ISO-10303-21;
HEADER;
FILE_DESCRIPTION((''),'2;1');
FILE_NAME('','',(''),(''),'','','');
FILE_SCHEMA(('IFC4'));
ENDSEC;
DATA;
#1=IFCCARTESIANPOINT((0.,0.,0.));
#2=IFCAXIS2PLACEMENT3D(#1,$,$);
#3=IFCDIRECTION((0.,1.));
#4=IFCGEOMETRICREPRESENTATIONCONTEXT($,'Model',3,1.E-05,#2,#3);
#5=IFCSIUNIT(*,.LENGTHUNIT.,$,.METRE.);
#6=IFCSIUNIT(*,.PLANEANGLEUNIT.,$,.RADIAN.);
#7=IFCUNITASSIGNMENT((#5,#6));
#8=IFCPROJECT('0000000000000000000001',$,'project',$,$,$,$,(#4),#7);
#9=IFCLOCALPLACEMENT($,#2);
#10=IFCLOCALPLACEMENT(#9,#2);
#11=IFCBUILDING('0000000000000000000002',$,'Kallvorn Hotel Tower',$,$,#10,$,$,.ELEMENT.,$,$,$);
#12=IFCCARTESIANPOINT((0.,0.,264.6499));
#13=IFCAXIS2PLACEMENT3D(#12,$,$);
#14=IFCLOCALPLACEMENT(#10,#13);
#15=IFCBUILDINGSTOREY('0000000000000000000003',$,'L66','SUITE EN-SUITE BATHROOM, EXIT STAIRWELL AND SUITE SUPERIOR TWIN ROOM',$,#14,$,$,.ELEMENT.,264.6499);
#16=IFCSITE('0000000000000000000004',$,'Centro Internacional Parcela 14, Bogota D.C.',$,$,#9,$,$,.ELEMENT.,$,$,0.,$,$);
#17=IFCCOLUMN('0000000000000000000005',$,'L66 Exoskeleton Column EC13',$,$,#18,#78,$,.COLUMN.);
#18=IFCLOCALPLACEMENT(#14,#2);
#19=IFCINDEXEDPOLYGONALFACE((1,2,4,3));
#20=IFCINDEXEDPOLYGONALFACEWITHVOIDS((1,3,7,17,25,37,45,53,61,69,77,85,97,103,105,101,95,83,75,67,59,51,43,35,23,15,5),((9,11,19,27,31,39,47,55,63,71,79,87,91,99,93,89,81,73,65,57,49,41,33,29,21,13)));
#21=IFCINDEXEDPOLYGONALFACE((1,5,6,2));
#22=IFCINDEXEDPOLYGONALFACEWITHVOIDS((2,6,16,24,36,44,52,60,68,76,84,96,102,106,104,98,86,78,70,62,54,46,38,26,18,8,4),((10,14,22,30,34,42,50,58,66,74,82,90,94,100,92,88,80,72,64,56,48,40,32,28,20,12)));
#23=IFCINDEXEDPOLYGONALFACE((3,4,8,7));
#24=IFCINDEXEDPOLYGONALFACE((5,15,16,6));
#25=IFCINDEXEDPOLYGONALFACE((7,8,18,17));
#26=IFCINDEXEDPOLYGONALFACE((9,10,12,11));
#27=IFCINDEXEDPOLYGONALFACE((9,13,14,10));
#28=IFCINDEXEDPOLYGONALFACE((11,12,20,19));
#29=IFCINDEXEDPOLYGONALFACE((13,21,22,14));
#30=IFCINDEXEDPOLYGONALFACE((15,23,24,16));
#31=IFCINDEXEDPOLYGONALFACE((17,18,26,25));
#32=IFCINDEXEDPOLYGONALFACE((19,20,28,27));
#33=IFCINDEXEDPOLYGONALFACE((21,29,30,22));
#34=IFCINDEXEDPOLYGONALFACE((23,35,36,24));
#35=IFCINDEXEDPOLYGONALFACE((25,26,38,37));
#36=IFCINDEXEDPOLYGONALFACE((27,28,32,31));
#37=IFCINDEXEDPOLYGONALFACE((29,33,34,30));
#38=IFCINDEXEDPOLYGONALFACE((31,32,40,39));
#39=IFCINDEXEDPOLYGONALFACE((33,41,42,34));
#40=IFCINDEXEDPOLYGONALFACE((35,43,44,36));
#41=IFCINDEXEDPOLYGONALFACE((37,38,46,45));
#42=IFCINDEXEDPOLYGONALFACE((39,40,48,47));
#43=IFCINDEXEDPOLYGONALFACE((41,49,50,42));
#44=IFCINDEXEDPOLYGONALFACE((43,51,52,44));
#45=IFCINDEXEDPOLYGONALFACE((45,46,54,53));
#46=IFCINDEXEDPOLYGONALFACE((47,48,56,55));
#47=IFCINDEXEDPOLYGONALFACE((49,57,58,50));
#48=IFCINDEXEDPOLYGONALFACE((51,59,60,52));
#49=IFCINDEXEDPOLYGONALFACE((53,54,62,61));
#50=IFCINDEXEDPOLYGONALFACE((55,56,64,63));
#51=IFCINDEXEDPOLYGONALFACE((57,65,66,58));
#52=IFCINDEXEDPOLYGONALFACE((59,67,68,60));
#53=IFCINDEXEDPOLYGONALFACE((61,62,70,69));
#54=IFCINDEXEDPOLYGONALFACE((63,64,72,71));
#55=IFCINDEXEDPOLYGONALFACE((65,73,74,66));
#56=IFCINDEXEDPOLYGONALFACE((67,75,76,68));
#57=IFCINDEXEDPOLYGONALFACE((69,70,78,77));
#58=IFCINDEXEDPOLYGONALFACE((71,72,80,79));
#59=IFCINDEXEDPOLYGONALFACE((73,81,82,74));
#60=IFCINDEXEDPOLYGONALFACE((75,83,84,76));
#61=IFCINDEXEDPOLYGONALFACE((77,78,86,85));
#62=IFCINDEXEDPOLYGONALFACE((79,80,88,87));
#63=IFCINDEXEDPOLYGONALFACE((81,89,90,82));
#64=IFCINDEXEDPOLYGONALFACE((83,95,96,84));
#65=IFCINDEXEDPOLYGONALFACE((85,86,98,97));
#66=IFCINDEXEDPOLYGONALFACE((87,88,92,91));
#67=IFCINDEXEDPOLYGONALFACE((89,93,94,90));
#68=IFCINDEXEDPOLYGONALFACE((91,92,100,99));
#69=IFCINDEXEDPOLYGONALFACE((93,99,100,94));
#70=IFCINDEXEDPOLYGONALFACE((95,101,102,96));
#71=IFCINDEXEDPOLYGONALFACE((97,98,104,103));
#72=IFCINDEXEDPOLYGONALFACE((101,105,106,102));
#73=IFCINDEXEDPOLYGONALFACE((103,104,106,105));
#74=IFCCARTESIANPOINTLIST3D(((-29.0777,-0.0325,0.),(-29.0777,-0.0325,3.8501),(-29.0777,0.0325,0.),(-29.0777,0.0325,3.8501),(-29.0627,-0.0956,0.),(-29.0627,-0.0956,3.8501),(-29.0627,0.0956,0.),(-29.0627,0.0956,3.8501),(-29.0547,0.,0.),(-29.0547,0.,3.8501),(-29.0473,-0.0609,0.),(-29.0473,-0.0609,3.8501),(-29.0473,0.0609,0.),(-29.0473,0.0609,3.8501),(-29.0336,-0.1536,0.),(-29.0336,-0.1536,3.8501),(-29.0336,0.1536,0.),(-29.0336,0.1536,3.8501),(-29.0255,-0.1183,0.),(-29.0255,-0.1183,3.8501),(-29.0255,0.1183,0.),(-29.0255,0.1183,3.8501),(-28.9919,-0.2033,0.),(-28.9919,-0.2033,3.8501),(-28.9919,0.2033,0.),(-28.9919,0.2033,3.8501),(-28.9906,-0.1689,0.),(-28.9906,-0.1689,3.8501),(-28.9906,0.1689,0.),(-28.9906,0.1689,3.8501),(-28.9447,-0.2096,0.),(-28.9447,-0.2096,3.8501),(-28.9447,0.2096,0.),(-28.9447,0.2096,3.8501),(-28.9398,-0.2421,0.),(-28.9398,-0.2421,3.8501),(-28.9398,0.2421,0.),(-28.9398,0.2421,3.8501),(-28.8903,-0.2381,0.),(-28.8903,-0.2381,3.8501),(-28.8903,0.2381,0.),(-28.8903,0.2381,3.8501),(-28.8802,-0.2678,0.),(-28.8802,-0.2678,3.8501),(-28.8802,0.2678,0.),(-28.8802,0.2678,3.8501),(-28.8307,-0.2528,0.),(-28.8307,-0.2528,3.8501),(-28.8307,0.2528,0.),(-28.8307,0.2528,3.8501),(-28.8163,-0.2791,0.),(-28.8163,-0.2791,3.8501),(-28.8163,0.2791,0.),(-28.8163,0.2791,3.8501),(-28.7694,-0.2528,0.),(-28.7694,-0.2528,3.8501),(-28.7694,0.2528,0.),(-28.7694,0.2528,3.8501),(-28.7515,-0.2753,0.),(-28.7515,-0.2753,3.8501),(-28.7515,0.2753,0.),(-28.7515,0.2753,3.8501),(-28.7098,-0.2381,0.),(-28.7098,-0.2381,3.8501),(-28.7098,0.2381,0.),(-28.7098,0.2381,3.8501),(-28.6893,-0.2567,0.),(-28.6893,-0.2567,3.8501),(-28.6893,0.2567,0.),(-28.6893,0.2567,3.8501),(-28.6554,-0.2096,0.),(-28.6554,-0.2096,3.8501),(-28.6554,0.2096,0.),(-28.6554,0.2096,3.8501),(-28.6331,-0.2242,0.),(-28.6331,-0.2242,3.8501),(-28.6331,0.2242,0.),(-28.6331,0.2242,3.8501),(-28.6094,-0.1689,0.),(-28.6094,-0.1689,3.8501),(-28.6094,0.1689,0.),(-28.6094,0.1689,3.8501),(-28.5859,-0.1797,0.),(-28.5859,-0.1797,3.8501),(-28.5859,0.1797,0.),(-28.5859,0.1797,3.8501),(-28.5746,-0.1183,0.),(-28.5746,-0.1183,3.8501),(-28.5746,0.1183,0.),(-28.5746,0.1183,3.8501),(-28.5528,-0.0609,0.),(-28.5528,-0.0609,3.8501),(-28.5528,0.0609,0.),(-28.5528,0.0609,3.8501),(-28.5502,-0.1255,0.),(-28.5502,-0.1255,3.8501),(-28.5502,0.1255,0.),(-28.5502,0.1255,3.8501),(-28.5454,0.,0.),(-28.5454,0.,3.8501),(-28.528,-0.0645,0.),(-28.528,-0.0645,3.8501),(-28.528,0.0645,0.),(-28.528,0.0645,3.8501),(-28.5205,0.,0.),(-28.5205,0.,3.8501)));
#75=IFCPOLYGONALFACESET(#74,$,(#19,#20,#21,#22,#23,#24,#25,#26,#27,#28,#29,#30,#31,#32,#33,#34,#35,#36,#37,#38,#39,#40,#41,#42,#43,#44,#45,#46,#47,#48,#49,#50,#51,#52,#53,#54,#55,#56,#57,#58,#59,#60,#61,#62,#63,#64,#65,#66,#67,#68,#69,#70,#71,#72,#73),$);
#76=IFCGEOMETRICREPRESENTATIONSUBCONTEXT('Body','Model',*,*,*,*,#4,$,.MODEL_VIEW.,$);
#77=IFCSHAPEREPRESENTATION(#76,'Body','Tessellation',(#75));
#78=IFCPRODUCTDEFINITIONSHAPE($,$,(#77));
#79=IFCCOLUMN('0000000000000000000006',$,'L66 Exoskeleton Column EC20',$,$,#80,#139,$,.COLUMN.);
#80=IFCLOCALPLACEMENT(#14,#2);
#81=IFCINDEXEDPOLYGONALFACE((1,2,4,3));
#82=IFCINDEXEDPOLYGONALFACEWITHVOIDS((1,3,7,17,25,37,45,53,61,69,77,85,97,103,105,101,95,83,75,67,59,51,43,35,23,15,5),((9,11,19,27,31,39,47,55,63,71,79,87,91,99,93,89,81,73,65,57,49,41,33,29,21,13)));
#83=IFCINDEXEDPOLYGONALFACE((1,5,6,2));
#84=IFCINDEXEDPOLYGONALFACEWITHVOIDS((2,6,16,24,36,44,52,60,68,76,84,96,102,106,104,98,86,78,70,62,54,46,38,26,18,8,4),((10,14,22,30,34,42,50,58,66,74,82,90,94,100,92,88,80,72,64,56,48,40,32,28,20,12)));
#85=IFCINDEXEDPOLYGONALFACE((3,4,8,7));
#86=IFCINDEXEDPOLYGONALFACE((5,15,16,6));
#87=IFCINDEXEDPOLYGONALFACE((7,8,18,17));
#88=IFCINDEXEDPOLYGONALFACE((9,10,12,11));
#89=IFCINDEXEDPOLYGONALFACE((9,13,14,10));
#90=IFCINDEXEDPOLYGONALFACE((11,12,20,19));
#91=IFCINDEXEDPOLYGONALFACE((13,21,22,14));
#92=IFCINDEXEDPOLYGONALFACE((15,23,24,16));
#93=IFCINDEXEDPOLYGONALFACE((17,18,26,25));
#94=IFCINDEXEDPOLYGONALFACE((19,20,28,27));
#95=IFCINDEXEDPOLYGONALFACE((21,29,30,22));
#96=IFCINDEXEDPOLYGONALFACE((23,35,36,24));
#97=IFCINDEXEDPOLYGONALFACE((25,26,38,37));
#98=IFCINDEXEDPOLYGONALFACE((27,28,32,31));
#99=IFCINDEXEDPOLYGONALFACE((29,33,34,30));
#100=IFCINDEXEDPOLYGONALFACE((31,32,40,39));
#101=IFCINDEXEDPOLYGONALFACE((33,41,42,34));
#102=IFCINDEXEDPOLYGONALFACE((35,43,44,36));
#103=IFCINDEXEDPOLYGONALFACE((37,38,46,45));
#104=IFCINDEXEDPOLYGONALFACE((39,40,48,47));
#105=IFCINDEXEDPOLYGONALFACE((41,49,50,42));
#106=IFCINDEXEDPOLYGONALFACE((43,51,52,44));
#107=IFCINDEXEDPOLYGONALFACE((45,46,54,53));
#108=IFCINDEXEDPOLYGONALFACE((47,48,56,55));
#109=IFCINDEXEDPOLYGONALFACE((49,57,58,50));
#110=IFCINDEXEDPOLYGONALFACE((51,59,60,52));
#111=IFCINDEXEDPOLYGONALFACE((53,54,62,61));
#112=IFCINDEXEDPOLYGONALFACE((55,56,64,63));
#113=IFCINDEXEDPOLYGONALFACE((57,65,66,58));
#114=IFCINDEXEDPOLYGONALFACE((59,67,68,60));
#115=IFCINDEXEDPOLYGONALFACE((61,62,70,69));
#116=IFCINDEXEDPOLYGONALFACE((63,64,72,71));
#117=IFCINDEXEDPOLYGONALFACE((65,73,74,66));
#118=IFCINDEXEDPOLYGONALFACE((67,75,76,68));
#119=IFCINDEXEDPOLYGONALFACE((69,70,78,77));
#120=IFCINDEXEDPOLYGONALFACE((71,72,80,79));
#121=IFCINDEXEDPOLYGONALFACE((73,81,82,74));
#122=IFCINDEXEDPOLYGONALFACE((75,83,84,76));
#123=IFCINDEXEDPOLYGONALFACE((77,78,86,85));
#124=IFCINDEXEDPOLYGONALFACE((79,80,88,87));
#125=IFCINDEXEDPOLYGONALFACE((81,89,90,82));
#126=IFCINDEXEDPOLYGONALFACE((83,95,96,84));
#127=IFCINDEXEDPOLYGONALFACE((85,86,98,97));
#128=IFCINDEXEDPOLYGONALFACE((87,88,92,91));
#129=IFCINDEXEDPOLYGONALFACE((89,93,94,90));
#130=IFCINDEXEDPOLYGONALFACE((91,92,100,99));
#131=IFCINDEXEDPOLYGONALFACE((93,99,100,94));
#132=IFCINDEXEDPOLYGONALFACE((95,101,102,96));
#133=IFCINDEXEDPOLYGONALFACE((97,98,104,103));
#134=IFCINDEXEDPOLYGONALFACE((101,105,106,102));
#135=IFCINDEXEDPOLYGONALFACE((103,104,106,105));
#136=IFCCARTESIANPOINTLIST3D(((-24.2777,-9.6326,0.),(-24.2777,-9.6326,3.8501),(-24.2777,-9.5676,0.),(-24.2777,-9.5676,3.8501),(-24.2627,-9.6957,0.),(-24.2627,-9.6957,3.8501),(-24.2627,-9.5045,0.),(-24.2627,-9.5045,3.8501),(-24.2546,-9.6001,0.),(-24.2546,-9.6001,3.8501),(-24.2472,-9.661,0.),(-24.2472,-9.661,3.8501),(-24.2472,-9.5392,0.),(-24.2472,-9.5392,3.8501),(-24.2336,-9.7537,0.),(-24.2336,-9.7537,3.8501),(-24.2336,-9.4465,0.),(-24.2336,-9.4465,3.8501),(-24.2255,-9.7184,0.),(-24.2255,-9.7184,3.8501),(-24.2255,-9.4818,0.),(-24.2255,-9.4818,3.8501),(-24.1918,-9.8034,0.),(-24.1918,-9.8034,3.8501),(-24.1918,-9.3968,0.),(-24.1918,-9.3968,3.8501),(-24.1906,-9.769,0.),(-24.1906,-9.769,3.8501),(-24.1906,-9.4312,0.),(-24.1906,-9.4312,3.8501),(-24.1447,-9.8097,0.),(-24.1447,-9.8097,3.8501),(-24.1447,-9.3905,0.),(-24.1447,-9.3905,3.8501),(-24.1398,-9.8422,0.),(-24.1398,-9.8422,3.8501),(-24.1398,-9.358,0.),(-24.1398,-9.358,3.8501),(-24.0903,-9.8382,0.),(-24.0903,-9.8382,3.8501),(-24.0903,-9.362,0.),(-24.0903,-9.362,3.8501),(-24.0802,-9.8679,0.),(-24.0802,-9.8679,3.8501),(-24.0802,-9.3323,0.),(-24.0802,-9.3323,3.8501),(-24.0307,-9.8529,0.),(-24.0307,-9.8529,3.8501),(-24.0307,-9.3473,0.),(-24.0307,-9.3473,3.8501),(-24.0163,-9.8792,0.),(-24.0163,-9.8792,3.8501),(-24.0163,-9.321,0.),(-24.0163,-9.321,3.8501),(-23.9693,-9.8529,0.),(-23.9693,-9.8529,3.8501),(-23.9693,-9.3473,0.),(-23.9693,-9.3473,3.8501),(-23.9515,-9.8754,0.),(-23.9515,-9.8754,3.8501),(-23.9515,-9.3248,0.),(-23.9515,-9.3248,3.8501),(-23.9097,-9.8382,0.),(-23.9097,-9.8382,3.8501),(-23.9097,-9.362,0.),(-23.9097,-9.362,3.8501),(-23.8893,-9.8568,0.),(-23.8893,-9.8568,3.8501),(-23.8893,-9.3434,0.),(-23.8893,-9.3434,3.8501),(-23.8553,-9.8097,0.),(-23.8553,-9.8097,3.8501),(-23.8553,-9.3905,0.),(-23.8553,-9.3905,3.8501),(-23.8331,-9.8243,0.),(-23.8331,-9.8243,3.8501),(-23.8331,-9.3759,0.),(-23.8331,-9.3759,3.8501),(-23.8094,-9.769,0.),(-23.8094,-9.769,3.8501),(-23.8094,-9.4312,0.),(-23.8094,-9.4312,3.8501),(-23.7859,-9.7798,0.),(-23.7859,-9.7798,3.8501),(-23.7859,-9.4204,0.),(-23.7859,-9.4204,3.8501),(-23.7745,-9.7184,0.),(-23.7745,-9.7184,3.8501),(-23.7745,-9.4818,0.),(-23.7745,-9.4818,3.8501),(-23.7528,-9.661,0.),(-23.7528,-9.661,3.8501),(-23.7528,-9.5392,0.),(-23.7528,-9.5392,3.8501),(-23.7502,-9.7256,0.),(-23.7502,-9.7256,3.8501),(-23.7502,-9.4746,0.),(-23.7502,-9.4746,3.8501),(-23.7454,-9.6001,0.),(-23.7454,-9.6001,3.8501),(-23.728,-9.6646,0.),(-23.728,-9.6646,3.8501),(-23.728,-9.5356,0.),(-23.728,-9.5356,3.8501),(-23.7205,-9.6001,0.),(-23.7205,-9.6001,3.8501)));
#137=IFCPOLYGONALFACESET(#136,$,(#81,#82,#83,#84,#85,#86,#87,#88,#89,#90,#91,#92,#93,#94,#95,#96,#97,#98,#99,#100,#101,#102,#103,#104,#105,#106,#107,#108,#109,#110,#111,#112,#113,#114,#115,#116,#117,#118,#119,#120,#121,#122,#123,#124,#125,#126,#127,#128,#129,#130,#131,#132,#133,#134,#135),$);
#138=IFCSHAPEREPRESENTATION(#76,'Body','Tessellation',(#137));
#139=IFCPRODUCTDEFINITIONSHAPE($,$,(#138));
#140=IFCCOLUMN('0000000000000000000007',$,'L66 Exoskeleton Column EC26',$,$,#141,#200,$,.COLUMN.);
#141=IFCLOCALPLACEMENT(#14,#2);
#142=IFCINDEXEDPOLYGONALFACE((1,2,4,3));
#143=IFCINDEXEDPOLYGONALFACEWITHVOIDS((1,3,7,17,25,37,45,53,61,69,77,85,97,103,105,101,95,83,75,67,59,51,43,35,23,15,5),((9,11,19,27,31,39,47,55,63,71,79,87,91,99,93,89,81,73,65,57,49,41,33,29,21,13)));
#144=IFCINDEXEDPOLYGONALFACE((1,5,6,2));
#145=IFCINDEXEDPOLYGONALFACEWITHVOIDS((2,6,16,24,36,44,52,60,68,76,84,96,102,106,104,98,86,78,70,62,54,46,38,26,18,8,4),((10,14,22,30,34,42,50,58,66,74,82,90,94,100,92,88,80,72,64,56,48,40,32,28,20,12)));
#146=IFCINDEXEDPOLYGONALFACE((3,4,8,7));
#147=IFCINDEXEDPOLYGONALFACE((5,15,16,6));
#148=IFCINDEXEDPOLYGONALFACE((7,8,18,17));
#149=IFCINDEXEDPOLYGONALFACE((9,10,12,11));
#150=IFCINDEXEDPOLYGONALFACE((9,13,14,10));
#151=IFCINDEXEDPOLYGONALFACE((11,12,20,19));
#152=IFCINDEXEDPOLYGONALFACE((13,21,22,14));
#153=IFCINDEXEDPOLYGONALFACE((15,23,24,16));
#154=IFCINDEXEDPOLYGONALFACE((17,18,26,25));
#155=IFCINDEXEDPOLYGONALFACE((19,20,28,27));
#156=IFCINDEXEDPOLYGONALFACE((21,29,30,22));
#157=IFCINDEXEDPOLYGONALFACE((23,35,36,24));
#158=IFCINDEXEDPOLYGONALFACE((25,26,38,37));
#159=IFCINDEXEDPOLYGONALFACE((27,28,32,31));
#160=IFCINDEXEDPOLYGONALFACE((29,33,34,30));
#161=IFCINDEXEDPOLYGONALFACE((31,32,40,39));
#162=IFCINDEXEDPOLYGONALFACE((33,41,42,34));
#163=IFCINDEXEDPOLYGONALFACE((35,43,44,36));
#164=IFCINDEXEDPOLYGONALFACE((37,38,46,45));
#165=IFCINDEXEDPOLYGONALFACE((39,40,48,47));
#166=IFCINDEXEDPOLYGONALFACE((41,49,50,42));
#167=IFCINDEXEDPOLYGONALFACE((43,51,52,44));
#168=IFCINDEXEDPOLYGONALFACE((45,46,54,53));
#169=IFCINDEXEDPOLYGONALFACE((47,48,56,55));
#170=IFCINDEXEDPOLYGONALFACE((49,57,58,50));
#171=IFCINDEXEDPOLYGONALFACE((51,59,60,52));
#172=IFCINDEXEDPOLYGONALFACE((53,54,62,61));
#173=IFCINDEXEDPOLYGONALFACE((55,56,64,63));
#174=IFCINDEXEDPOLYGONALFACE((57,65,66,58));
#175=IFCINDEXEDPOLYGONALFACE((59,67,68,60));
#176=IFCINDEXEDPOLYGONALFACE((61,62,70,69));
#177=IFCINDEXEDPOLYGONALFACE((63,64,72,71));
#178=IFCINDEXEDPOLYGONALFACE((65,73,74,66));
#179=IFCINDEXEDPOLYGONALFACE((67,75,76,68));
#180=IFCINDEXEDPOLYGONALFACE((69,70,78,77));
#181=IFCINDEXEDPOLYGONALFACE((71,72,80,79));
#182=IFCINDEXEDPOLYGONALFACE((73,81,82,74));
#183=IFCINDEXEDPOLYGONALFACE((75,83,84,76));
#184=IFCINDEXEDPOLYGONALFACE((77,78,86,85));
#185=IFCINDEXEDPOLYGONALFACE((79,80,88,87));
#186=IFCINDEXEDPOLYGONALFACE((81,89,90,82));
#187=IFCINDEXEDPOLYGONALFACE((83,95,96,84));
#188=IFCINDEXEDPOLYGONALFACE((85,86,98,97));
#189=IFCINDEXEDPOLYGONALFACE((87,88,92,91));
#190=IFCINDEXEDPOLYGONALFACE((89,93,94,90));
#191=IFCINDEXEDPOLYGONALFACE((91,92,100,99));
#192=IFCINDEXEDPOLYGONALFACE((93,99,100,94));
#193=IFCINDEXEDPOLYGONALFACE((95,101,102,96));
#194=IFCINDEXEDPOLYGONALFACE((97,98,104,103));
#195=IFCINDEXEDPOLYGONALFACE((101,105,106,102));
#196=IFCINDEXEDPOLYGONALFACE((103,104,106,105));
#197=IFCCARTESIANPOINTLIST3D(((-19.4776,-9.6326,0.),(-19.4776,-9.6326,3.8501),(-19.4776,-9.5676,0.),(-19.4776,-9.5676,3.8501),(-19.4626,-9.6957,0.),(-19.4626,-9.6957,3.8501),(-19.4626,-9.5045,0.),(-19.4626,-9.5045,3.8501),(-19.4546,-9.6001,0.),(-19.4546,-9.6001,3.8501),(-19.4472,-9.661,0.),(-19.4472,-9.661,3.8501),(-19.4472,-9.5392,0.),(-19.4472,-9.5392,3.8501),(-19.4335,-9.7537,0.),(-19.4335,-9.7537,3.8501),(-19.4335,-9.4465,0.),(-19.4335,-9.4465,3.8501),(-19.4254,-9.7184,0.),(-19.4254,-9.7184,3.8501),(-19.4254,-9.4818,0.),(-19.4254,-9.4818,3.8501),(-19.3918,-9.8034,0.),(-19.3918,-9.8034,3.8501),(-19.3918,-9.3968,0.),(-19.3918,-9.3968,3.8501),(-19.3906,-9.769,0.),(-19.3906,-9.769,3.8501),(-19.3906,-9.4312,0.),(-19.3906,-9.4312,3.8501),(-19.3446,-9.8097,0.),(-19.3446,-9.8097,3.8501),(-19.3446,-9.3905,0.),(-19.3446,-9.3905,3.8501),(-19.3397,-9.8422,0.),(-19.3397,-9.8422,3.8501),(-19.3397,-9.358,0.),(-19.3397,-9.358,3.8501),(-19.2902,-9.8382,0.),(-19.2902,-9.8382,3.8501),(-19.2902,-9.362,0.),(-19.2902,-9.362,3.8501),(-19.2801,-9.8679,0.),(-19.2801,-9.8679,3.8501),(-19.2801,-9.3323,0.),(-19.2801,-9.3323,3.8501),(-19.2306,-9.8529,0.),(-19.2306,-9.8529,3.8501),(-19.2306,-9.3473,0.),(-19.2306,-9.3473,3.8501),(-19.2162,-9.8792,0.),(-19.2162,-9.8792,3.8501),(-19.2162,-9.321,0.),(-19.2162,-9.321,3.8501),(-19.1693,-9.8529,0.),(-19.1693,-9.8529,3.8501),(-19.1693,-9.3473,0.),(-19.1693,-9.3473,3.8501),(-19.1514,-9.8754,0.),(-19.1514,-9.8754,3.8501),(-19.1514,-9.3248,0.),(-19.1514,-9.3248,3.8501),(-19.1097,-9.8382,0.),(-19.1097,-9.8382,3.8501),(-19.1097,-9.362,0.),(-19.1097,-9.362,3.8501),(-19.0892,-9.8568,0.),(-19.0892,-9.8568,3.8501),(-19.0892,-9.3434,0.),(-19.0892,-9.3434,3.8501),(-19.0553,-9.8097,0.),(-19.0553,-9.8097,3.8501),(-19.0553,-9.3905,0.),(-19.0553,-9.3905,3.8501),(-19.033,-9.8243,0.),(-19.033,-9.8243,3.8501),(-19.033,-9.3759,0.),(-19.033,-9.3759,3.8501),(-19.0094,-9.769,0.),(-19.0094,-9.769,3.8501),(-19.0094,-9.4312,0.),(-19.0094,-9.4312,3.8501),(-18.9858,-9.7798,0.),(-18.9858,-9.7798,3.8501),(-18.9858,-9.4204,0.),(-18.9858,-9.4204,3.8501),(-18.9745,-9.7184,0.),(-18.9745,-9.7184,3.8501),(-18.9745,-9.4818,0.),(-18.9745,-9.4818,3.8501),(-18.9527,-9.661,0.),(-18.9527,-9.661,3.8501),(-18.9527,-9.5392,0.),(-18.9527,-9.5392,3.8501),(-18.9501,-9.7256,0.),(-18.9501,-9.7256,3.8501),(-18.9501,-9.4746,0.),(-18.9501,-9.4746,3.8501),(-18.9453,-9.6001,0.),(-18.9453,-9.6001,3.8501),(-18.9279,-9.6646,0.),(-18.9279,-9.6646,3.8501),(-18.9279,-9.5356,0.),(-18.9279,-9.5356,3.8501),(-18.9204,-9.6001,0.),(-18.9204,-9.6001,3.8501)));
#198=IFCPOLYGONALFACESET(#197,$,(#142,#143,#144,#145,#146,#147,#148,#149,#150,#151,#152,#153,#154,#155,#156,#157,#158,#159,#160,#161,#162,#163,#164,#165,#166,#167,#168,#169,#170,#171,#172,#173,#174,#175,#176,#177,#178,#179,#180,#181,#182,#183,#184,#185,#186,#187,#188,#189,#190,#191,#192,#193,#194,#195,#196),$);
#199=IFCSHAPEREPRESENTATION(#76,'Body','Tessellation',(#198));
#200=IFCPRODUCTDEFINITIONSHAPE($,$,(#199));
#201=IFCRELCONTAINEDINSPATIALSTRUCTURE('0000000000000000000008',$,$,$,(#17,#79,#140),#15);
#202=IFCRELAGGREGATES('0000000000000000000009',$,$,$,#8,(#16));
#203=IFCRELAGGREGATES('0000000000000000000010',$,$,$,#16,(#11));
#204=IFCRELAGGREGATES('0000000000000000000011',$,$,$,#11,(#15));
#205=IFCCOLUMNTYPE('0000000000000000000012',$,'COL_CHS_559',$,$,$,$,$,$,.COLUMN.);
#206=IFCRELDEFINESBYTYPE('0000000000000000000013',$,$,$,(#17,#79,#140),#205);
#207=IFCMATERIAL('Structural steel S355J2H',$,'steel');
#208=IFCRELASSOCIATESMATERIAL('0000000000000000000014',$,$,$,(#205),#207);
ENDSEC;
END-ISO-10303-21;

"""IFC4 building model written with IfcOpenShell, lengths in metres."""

from ifc_helpers import new_model, si_unit, direction, frame, origin, origin_2d, place, context, subcontext, project, spatial, hollow_circle, extrude, material, material_profile, profile_set, type_object, element, save


model = new_model("IFC4")

# Units and contexts
model_context = context("Model", 3, precision=1e-05, world=origin(), true_north=direction((0.0, 1.0)))
body_context = subcontext(model_context, "Body", "Model", "MODEL_VIEW")
ifc_project = project(units=[si_unit("LENGTHUNIT", "METRE"), si_unit("PLANEANGLEUNIT", "RADIAN")], contexts=[model_context])

# Site, building, storey
site_placement = place(None, origin())
site = spatial("IfcSite", under=ifc_project, at=site_placement, Name="Centro Internacional Parcela 14, Bogota D.C.", CompositionType="ELEMENT", RefElevation=0.0)
building_placement = place(site_placement, origin())
building = spatial("IfcBuilding", under=site, at=building_placement, Name="Kallvorn Hotel Tower", CompositionType="ELEMENT")
storey_placement = place(building_placement, frame((0.0, 0.0, 264.6499)))
storey = spatial("IfcBuildingStorey", under=building, at=storey_placement, Name="L66", Description="SUITE EN-SUITE BATHROOM, EXIT STAIRWELL AND SUITE SUPERIOR TWIN ROOM", CompositionType="ELEMENT", Elevation=264.6499)

# Columns
ifc_material_1 = material(Name="Structural steel S355J2H", Category="steel")
ifc_material_profile_1 = material_profile(ifc_material_1, hollow_circle(Radius=0.2795, WallThickness=0.0249, at=origin_2d()), Name="CHS 559x25")
ifc_profile_set_1 = profile_set([ifc_material_profile_1], Name="Structural steel S355J2H")
column_type_1 = type_object("IfcColumnType", Name="COL_CHS_559", PredefinedType="COLUMN", material=ifc_profile_set_1)
for number, where, z_axis, x_axis, name in (
    (1, (-28.8, 0.0, 0.0), (0.0, 0.0, 1.0), (1.0, 0.0, 0.0), "L66 Exoskeleton Column EC13"),
    (2, (-24.0, -9.6001, 0.0), (0.0, 0.0, 1.0), (1.0, 0.0, 0.0), "L66 Exoskeleton Column EC20"),
    (3, (-19.2, -9.6001, 0.0), (0.0, 0.0, 1.0), (1.0, 0.0, 0.0), "L66 Exoskeleton Column EC26"),
):
    element("IfcColumn", number, at=place(storey_placement, frame(where, z_axis=z_axis, x_axis=x_axis)), inside=storey, type_object=column_type_1, Name=name, PredefinedType="COLUMN", context=body_context, shape_type="SweptSolid", body=[
        extrude(hollow_circle(Radius=0.2795, WallThickness=0.0249, at=origin_2d()), origin(), (0.0, 0.0, 1.0), 3.8501),
    ])

save(model, "model.ifc")
